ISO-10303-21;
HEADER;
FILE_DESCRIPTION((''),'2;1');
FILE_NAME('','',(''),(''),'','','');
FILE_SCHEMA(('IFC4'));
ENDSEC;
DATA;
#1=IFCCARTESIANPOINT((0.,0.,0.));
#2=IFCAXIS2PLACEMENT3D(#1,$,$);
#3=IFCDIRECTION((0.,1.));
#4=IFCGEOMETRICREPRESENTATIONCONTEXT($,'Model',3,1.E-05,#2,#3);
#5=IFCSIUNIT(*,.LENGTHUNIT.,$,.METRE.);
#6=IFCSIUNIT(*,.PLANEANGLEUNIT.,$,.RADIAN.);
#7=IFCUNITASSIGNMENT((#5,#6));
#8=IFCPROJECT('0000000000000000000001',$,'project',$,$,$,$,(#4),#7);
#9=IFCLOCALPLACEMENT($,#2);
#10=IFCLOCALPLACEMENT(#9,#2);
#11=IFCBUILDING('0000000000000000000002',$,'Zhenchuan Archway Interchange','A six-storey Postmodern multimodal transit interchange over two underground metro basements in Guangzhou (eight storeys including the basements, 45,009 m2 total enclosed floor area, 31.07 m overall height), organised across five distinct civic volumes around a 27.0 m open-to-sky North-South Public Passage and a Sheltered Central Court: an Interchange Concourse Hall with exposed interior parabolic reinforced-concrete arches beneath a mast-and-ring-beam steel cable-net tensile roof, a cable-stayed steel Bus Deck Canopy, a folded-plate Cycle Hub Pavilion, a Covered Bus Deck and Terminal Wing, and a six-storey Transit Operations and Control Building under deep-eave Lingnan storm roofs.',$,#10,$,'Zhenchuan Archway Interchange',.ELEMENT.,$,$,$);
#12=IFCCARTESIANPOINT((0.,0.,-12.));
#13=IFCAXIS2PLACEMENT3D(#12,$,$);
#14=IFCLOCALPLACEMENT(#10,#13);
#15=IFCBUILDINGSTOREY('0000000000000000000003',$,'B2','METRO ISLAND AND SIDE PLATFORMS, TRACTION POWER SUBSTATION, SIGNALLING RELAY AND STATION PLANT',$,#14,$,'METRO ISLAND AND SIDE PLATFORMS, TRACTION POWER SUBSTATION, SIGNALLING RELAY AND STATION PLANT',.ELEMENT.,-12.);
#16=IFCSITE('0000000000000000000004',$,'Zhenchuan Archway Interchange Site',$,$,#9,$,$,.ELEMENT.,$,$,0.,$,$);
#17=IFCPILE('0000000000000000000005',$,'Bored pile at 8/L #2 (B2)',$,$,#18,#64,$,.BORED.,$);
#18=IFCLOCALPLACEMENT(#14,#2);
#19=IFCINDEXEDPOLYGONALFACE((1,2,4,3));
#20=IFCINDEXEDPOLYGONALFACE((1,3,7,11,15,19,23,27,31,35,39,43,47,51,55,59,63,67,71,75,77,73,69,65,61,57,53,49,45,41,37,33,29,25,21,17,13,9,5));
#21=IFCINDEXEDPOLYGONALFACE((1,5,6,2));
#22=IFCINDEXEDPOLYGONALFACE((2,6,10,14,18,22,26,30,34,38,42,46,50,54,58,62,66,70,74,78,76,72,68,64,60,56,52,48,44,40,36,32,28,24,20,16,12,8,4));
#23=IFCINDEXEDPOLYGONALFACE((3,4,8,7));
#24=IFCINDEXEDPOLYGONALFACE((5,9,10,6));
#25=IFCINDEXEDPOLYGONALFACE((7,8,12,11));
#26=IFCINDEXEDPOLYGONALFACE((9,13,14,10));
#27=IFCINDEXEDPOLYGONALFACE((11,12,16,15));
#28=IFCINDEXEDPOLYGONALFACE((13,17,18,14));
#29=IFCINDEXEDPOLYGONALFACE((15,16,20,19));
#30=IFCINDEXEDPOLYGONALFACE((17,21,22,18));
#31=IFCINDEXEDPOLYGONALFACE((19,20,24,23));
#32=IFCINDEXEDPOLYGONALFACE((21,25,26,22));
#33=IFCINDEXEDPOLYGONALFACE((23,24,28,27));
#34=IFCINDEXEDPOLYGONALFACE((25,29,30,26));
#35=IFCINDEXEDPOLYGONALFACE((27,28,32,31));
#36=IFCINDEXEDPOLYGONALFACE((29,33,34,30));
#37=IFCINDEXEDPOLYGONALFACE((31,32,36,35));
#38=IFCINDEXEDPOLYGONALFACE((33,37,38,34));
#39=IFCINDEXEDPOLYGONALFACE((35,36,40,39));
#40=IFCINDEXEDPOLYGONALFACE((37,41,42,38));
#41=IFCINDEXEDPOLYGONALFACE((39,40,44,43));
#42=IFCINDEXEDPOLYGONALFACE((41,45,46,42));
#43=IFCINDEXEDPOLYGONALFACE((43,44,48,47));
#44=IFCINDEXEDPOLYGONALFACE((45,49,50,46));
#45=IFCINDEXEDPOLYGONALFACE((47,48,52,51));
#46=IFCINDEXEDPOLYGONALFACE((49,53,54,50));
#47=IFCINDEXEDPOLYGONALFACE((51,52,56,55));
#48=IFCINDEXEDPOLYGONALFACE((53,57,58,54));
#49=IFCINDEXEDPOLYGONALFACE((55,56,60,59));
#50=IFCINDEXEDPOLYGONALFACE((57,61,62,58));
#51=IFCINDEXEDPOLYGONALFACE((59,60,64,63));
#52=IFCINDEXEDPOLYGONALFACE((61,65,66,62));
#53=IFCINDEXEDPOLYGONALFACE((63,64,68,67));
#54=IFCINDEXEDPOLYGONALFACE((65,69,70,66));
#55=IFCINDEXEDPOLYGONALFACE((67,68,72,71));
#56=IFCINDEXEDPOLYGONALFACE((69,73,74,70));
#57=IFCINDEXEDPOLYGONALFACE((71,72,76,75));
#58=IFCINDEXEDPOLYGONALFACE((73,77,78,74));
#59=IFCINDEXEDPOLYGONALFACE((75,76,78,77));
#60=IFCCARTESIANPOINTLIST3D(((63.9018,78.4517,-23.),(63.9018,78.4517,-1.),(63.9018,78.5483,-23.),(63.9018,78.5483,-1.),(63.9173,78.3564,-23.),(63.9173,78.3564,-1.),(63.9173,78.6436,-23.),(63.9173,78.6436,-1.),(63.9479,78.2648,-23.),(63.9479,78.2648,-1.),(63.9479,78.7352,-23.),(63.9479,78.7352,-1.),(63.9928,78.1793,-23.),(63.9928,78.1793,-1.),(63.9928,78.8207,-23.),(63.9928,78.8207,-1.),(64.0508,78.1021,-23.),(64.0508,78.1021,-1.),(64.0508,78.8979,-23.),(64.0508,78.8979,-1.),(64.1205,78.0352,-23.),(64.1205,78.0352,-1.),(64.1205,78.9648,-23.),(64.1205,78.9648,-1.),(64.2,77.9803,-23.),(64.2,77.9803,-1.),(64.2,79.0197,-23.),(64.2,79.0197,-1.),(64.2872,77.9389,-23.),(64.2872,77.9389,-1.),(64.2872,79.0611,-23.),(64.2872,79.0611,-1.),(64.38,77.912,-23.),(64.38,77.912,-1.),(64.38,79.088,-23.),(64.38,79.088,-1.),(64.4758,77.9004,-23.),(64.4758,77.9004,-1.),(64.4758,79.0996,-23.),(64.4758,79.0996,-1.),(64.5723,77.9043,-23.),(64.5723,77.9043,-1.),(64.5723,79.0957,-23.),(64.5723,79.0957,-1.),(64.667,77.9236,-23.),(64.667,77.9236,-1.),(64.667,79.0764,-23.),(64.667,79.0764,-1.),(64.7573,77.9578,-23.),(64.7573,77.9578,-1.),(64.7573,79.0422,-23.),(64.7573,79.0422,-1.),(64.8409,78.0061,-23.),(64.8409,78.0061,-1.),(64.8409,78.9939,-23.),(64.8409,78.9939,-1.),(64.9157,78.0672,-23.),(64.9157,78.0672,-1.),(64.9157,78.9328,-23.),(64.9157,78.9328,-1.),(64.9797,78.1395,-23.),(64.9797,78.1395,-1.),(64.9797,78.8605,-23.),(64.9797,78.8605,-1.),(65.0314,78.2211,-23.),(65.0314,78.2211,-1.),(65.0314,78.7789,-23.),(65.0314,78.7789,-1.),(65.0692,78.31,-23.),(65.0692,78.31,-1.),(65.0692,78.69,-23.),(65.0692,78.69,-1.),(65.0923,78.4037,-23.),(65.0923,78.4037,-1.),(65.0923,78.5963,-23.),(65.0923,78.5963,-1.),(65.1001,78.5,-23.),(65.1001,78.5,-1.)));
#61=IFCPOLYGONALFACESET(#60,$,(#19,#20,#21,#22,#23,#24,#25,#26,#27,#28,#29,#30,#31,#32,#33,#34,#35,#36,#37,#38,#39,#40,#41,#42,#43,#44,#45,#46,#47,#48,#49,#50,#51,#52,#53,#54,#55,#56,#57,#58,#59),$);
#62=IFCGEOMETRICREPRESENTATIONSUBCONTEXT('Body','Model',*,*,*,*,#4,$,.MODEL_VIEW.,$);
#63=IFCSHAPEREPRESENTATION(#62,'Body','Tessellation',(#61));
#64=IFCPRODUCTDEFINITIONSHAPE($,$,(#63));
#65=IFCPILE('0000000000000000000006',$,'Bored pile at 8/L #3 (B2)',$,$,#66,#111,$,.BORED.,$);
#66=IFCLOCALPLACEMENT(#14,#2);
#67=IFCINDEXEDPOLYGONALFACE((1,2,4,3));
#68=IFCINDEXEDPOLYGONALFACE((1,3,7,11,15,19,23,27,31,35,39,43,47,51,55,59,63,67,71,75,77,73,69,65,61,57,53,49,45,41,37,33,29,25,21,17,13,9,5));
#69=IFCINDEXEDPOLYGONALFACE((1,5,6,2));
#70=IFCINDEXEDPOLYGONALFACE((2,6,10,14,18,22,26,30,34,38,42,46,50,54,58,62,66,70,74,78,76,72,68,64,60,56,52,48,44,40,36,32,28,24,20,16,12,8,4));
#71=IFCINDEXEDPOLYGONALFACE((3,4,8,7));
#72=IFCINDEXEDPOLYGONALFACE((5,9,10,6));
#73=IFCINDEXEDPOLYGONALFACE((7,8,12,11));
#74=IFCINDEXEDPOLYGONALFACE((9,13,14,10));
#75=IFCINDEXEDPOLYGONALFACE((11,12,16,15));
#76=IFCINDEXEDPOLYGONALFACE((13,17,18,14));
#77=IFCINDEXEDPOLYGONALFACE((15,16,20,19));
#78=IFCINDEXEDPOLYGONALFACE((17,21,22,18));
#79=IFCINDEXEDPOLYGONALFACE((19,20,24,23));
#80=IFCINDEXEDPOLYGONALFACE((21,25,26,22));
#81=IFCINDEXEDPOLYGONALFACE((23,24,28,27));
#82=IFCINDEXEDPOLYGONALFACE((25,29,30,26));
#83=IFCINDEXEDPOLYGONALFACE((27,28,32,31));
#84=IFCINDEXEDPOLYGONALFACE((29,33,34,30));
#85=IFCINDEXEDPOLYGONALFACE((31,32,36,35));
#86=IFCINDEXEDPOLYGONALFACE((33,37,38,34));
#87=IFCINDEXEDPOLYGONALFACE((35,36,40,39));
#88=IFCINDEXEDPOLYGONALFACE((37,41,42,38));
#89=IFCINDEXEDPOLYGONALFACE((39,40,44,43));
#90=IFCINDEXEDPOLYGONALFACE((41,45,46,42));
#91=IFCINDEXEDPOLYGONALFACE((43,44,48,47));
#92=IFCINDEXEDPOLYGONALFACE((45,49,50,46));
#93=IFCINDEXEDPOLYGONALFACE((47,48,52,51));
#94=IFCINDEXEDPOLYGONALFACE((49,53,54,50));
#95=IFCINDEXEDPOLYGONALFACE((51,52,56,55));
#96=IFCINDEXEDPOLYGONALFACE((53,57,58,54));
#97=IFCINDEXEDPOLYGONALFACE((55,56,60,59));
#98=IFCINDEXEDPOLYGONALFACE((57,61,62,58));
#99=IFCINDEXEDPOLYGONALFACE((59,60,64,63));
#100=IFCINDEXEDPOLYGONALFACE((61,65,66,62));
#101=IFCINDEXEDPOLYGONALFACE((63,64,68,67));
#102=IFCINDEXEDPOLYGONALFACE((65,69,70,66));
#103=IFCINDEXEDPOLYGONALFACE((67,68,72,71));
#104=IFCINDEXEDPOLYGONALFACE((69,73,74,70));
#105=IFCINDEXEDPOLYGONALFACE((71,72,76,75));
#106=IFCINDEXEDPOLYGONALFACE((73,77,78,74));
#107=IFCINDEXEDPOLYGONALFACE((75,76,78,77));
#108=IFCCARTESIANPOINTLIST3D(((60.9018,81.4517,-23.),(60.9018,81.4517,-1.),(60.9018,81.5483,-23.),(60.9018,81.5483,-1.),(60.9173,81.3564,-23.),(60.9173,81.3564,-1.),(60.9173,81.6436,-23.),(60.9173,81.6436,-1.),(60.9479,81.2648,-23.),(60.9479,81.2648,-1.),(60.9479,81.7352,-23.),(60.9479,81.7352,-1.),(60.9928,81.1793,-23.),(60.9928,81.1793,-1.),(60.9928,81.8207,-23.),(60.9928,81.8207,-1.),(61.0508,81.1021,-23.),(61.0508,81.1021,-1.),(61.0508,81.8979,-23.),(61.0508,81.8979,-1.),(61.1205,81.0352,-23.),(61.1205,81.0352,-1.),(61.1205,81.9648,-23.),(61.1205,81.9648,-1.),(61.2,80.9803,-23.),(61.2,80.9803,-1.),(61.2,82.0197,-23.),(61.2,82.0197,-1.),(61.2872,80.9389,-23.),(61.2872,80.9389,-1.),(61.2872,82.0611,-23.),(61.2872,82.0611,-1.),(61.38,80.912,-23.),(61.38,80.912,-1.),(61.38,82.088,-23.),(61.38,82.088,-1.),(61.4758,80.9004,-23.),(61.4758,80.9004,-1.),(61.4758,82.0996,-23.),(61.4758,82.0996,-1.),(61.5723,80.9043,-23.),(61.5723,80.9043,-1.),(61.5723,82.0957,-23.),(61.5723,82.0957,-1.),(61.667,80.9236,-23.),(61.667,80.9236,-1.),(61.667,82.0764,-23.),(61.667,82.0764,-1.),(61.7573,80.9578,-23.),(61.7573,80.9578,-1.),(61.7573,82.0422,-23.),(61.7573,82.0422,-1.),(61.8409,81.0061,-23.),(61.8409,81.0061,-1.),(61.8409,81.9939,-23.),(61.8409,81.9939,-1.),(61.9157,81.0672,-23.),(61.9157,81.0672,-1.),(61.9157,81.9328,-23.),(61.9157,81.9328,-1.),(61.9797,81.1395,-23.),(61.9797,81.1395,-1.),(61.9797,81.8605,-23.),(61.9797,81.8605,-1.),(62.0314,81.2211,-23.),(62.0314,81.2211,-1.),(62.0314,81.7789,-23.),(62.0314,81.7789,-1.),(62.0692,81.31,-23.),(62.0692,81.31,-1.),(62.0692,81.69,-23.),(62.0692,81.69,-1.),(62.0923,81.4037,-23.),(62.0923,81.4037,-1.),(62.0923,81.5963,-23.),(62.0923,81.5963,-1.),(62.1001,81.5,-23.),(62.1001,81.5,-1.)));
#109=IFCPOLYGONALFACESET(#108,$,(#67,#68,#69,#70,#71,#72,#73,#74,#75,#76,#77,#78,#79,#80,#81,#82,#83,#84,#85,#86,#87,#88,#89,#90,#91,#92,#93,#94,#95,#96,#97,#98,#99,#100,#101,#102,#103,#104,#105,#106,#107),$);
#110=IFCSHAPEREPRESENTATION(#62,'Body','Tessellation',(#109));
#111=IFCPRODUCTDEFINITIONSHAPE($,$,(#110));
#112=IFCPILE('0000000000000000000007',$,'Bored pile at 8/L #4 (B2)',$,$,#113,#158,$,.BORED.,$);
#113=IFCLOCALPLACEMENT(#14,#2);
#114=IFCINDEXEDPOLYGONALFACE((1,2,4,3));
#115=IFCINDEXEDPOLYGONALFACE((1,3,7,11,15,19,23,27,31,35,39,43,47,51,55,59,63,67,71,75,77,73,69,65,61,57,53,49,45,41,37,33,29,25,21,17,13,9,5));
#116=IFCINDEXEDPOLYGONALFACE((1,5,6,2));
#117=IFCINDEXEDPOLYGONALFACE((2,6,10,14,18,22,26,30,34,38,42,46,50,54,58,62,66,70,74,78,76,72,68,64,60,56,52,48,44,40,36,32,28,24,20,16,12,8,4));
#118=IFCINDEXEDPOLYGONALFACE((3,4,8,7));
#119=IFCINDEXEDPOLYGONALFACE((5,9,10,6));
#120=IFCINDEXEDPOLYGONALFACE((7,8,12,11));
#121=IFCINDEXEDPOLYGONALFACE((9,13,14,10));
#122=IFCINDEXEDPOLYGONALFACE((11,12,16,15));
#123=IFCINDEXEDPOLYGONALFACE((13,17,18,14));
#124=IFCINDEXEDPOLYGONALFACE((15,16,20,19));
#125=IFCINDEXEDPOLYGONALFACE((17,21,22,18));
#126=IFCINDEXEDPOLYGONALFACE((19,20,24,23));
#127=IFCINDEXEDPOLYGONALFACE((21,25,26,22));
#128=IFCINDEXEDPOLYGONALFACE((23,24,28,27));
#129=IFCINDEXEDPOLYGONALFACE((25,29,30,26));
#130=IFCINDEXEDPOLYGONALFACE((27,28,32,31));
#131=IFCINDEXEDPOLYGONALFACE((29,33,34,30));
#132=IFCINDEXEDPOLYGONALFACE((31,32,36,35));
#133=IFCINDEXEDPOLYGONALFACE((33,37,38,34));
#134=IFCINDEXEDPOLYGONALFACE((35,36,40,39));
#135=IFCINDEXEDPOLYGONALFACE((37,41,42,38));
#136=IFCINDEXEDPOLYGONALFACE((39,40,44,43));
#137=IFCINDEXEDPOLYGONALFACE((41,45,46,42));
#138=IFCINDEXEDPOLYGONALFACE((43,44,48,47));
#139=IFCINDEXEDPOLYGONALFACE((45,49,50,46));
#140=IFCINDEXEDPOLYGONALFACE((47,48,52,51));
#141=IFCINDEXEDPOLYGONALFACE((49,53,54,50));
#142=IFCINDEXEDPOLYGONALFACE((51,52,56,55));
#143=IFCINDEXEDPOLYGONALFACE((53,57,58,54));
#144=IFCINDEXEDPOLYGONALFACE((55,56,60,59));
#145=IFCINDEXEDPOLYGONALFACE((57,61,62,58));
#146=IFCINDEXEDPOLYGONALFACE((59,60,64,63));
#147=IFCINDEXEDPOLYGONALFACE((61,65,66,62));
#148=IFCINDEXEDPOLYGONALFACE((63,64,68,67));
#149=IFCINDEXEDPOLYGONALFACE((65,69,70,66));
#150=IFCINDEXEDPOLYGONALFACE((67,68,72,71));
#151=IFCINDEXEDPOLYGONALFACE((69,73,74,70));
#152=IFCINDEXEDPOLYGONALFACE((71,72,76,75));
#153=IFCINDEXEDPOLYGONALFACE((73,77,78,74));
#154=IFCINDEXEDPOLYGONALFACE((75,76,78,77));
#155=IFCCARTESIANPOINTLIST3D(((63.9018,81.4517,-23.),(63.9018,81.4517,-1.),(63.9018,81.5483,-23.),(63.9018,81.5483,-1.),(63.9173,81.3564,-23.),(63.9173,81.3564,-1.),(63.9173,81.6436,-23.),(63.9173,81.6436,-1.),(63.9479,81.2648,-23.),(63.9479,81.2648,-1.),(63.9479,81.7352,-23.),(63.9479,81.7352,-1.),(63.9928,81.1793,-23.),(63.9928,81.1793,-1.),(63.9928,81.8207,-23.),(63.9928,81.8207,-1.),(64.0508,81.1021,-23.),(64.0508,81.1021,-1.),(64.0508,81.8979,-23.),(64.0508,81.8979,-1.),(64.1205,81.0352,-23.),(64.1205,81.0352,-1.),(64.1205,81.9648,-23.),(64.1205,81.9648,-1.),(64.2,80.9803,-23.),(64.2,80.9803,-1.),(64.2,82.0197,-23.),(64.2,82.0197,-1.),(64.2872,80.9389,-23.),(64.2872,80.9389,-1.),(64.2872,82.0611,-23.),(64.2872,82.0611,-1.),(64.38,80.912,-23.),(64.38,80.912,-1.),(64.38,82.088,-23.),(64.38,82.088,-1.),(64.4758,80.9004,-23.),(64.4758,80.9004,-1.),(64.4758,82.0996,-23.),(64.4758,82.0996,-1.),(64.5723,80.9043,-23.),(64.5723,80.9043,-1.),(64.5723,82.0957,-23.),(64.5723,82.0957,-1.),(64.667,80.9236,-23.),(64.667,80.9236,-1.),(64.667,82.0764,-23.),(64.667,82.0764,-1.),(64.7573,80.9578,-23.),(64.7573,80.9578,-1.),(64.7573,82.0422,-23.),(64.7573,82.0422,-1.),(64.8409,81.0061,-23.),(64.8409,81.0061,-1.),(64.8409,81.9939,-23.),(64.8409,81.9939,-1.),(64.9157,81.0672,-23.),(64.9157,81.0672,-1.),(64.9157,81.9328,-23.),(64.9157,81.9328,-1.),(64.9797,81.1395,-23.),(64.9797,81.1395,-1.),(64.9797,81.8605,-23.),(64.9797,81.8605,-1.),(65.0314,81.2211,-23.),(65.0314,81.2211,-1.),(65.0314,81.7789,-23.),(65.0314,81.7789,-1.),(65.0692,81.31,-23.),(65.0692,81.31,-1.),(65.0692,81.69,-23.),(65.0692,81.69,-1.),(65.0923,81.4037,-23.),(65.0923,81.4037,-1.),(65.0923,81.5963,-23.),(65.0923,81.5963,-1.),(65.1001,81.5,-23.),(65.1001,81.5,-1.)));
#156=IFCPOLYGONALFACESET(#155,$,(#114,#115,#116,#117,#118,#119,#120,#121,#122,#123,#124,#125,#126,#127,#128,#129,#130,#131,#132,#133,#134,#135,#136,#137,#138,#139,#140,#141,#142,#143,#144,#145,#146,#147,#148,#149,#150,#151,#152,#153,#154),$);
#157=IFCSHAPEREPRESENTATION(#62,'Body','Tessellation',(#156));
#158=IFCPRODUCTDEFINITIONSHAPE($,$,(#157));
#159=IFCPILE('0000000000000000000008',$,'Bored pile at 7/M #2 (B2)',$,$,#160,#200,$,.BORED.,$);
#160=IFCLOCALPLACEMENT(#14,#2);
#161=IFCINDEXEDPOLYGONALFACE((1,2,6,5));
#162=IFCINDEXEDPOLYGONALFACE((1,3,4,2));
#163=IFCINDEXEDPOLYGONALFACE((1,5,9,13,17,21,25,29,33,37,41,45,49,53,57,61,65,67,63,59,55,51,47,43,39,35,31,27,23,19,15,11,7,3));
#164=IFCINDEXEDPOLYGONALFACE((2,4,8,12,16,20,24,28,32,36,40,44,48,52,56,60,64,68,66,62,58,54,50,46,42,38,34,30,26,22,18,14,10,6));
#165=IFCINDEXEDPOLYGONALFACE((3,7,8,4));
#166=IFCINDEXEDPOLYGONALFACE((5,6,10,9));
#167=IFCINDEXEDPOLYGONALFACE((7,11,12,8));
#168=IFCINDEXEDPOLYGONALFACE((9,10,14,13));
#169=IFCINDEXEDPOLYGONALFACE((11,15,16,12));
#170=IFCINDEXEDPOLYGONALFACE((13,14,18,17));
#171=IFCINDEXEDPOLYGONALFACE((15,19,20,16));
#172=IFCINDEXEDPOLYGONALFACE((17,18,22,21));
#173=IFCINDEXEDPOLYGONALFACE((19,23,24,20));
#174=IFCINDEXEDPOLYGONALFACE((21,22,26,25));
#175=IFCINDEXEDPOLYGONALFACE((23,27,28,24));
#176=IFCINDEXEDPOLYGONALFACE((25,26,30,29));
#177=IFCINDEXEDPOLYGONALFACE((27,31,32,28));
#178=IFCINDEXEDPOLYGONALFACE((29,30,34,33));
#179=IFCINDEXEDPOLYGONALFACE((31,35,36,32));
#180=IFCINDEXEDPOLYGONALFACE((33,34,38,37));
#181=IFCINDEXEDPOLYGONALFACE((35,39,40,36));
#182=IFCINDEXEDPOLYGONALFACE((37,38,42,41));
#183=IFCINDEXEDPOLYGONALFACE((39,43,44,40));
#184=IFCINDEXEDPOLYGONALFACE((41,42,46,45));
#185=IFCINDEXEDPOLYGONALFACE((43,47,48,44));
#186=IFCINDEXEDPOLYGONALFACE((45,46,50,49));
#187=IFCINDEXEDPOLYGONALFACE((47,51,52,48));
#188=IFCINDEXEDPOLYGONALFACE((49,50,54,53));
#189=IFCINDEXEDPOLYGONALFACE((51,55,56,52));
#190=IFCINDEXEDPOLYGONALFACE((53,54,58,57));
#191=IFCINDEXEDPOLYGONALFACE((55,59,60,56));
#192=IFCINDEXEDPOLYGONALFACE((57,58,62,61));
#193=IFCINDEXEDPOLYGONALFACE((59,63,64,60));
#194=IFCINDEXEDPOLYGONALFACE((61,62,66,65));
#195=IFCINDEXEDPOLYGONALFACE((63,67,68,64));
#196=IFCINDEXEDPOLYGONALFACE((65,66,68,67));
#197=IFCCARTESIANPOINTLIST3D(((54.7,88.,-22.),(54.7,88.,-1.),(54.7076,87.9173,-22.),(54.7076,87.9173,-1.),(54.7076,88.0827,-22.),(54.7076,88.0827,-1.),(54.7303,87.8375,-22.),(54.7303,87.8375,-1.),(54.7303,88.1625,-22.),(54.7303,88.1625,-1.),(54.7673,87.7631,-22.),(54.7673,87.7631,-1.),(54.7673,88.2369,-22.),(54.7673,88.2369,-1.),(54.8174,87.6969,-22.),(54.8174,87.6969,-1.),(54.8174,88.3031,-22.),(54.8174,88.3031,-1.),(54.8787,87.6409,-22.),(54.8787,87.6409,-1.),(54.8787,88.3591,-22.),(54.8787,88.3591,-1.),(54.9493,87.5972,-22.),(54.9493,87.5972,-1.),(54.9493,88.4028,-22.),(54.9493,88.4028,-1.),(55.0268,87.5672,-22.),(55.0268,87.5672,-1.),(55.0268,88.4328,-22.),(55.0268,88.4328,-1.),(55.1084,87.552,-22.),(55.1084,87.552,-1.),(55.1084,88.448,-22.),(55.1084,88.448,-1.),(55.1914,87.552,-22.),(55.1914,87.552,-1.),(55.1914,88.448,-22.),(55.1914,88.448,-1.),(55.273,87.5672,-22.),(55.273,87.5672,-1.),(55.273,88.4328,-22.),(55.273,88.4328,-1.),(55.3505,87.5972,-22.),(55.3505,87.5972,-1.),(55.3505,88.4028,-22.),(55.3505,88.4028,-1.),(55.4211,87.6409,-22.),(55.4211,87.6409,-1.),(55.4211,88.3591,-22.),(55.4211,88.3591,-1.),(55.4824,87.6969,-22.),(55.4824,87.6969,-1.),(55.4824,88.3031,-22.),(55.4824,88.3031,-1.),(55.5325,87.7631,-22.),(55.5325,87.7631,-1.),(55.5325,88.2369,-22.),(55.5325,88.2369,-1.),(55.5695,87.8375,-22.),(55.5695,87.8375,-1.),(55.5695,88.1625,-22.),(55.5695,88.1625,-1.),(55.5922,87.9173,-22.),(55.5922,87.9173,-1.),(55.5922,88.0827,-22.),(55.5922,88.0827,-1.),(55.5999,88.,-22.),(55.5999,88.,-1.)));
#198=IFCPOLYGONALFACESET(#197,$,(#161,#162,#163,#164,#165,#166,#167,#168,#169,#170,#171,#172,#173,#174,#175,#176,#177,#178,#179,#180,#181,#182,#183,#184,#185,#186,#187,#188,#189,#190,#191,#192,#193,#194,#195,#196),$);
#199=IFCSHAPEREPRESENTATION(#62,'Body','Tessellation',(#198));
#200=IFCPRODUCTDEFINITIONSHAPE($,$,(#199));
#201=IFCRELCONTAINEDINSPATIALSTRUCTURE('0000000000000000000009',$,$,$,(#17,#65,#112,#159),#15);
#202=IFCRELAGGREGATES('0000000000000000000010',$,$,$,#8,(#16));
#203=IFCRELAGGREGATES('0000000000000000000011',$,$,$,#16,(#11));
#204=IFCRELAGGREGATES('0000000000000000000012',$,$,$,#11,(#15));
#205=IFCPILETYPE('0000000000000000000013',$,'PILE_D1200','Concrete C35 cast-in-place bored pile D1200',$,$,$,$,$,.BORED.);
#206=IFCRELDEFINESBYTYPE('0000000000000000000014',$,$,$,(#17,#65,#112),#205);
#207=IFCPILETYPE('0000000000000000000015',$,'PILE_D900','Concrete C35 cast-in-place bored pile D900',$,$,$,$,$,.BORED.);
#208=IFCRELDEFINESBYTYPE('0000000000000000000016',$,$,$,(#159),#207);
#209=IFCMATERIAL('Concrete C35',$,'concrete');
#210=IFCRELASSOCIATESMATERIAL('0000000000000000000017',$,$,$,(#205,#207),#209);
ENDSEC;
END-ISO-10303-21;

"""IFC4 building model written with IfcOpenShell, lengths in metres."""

from ifc_helpers import new_model, si_unit, direction, frame, origin, origin_2d, place, context, subcontext, project, spatial, circle, extrude, material, material_profile, profile_set, type_object, element, save


model = new_model("IFC4")

# Units and contexts
model_context = context("Model", 3, precision=1e-05, world=origin(), true_north=direction((0.0, 1.0)))
body_context = subcontext(model_context, "Body", "Model", "MODEL_VIEW")
ifc_project = project(units=[si_unit("LENGTHUNIT", "METRE"), si_unit("PLANEANGLEUNIT", "RADIAN")], contexts=[model_context])

# Site, building, storey
site_placement = place(None, origin())
site = spatial("IfcSite", under=ifc_project, at=site_placement, Name="Zhenchuan Archway Interchange Site", CompositionType="ELEMENT", RefElevation=0.0)
building_placement = place(site_placement, origin())
building = spatial("IfcBuilding", under=site, at=building_placement, Name="Zhenchuan Archway Interchange", Description="A six-storey Postmodern multimodal transit interchange over two underground metro basements in Guangzhou (eight storeys including the basements, 45,009 m2 total enclosed floor area, 31.07 m overall height), organised across five distinct civic volumes around a 27.0 m open-to-sky North-South Public Passage and a Sheltered Central Court: an Interchange Concourse Hall with exposed interior parabolic reinforced-concrete arches beneath a mast-and-ring-beam steel cable-net tensile roof, a cable-stayed steel Bus Deck Canopy, a folded-plate Cycle Hub Pavilion, a Covered Bus Deck and Terminal Wing, and a six-storey Transit Operations and Control Building under deep-eave Lingnan storm roofs.", LongName="Zhenchuan Archway Interchange", CompositionType="ELEMENT")
storey_placement = place(building_placement, frame((0.0, 0.0, -12.0)))
storey = spatial("IfcBuildingStorey", under=building, at=storey_placement, Name="B2", Description="METRO ISLAND AND SIDE PLATFORMS, TRACTION POWER SUBSTATION, SIGNALLING RELAY AND STATION PLANT", LongName="METRO ISLAND AND SIDE PLATFORMS, TRACTION POWER SUBSTATION, SIGNALLING RELAY AND STATION PLANT", CompositionType="ELEMENT", Elevation=-12.0)

# Piles
ifc_material_1 = material(Name="Concrete C35", Category="concrete")
ifc_material_profile_1 = material_profile(ifc_material_1, circle(Radius=0.6001, at=origin_2d()), Name="BORED PILE 1200")
ifc_profile_set_1 = profile_set([ifc_material_profile_1], Name="Concrete C35")
pile_type_1 = type_object("IfcPileType", Name="PILE_D1200", Description="Concrete C35 cast-in-place bored pile D1200", PredefinedType="BORED", material=ifc_profile_set_1)
for number, where, z_axis, x_axis, name in (
    (1, (64.5, 78.5, -1.0), (0.0, 0.0, -1.0), (1.0, 0.0, 0.0), "Bored pile at 8/L #2 (B2)"),
    (2, (61.5, 81.5, -1.0), (0.0, 0.0, -1.0), (1.0, 0.0, 0.0), "Bored pile at 8/L #3 (B2)"),
    (3, (64.5, 81.5, -1.0), (0.0, 0.0, -1.0), (1.0, 0.0, 0.0), "Bored pile at 8/L #4 (B2)"),
):
    element("IfcPile", number, at=place(storey_placement, frame(where, z_axis=z_axis, x_axis=x_axis)), inside=storey, type_object=pile_type_1, Name=name, PredefinedType="BORED", context=body_context, shape_type="SweptSolid", body=[
        extrude(circle(Radius=0.6001, at=origin_2d()), origin(), (0.0, 0.0, 1.0), 22.0),
    ])
ifc_material_profile_2 = material_profile(ifc_material_1, circle(Radius=0.45, at=origin_2d()), Name="BORED PILE 900")
ifc_profile_set_2 = profile_set([ifc_material_profile_2], Name="Concrete C35")
pile_type_2 = type_object("IfcPileType", Name="PILE_D900", Description="Concrete C35 cast-in-place bored pile D900", PredefinedType="BORED", material=ifc_profile_set_2)
pile_placement = place(storey_placement, frame((55.1499, 88.0, -1.0), z_axis=(0.0, 0.0, -1.0), x_axis=(1.0, 0.0, 0.0)))
element("IfcPile", 4, at=pile_placement, inside=storey, type_object=pile_type_2, Name="Bored pile at 7/M #2 (B2)", PredefinedType="BORED", context=body_context, shape_type="SweptSolid", body=[
    extrude(circle(Radius=0.45, at=origin_2d()), origin(), (0.0, 0.0, 1.0), 21.0),
])

save(model, "model.ifc")
